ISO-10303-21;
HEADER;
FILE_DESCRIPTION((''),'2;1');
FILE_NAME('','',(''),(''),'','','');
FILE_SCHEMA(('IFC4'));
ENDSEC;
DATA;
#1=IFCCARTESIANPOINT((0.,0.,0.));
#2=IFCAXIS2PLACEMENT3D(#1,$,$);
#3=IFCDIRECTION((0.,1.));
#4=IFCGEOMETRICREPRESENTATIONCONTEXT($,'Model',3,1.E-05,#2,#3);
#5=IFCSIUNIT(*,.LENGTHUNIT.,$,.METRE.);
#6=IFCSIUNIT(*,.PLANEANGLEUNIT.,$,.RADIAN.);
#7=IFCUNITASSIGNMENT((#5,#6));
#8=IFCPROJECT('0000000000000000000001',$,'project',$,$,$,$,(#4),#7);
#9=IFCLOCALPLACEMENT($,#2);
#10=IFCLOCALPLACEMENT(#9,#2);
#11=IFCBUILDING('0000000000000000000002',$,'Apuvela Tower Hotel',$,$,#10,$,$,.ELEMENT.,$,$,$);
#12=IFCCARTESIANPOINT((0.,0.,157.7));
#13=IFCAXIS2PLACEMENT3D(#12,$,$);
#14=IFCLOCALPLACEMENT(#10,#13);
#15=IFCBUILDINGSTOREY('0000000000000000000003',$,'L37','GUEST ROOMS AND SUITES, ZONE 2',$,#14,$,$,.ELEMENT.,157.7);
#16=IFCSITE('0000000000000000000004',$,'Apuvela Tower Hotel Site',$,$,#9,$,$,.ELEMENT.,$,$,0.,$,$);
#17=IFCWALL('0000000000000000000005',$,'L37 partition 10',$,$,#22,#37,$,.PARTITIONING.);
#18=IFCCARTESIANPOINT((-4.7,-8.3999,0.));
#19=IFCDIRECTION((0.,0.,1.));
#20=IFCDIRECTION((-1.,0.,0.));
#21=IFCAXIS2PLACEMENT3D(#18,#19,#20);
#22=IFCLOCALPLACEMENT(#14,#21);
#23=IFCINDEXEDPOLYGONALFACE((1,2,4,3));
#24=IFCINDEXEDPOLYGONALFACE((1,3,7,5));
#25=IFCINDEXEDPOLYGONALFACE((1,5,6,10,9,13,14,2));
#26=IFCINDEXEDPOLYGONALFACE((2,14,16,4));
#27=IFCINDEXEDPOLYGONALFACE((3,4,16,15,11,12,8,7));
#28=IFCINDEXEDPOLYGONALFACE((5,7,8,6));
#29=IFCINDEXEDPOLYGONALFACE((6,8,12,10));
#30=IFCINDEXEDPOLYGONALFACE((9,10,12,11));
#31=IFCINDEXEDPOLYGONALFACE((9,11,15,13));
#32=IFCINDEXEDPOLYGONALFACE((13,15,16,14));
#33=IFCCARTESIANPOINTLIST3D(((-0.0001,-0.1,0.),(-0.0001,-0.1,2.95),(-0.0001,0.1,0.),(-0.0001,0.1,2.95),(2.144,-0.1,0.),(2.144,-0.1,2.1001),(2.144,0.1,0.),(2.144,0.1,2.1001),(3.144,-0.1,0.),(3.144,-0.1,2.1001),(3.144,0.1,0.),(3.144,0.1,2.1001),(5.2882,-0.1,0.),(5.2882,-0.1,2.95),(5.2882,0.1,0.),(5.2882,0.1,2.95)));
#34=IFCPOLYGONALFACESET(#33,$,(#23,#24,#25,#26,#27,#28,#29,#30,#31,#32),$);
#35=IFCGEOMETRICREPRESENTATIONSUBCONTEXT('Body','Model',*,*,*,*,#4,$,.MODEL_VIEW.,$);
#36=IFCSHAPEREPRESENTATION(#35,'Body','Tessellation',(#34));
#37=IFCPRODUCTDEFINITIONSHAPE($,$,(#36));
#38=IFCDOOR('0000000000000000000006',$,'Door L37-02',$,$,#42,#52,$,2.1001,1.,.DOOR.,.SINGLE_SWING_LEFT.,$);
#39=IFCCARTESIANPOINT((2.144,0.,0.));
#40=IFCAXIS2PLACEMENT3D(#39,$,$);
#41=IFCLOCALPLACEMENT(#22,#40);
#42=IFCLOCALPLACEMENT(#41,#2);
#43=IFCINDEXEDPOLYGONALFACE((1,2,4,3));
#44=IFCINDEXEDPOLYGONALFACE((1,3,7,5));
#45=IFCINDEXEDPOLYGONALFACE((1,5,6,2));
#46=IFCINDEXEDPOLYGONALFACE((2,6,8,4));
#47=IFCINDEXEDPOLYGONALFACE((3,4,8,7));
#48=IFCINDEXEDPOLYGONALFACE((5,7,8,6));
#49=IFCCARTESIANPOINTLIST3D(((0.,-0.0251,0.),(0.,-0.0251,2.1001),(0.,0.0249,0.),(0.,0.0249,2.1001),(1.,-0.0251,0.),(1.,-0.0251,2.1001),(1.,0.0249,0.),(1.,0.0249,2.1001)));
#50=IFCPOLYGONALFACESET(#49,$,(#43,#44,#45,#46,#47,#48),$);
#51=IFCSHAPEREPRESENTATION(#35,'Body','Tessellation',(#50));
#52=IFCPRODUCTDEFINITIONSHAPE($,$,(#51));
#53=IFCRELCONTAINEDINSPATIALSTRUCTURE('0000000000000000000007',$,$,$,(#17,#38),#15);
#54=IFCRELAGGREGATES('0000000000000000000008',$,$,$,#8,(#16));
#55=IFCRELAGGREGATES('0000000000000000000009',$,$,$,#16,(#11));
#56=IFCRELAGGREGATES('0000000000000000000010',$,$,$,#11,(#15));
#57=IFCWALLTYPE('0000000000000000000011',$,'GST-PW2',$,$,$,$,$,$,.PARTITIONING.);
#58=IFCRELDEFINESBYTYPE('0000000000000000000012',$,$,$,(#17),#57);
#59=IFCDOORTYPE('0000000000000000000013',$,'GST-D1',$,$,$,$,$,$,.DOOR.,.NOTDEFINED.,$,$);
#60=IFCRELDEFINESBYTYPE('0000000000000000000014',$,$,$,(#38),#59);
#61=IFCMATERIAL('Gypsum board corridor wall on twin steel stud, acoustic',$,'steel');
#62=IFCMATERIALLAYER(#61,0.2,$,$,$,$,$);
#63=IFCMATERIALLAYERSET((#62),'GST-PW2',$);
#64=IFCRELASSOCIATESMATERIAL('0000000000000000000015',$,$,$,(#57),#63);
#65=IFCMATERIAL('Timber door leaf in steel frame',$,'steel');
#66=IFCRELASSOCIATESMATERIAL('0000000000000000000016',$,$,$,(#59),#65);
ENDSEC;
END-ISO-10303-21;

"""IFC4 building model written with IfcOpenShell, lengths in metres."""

from ifc_helpers import new_model, si_unit, direction, frame, frame_2d, origin, place, context, subcontext, project, spatial, rectangle, extrude, material, layer, layer_set, type_object, element, fill, save


model = new_model("IFC4")

# Units and contexts
model_context = context("Model", 3, precision=1e-05, world=origin(), true_north=direction((0.0, 1.0)))
body_context = subcontext(model_context, "Body", "Model", "MODEL_VIEW")
ifc_project = project(units=[si_unit("LENGTHUNIT", "METRE"), si_unit("PLANEANGLEUNIT", "RADIAN")], contexts=[model_context])

# Site, building, storey
site_placement = place(None, origin())
site = spatial("IfcSite", under=ifc_project, at=site_placement, Name="Apuvela Tower Hotel Site", CompositionType="ELEMENT", RefElevation=0.0)
building_placement = place(site_placement, origin())
building = spatial("IfcBuilding", under=site, at=building_placement, Name="Apuvela Tower Hotel", CompositionType="ELEMENT")
storey_placement = place(building_placement, frame((0.0, 0.0, 157.7)))
storey = spatial("IfcBuildingStorey", under=building, at=storey_placement, Name="L37", Description="GUEST ROOMS AND SUITES, ZONE 2", CompositionType="ELEMENT", Elevation=157.7)

# Wall, opening, door
ifc_material_1 = material(Name="Gypsum board corridor wall on twin steel stud, acoustic", Category="steel")
ifc_layer_1 = layer(ifc_material_1, 0.2)
ifc_layer_set_1 = layer_set([ifc_layer_1], Name="GST-PW2")
wall_type_1 = type_object("IfcWallType", Name="GST-PW2", PredefinedType="PARTITIONING", material=ifc_layer_set_1)
wall_1_placement = place(storey_placement, frame((-4.7, -8.3999, 0.0), z_axis=(0.0, 0.0, 1.0), x_axis=(-1.0, 0.0, 0.0)))
wall_1 = element("IfcWall", 1, at=wall_1_placement, inside=storey, type_object=wall_type_1, Name="L37 partition 10", PredefinedType="PARTITIONING", context=body_context, shape_type="SweptSolid", body=[
    extrude(rectangle(XDim=5.2883, YDim=0.2, at=frame_2d((2.644, 0.0))), origin(), (0.0, 0.0, 1.0), 2.95),
])
opening_1_placement = place(wall_1_placement, frame((2.144, 0.0, 0.0)))
opening_1 = element("IfcOpeningElement", 2, at=opening_1_placement, cuts=wall_1, PredefinedType="OPENING", context=body_context, shape_type="SweptSolid", body=[
    extrude(rectangle(XDim=1.0, YDim=2.1001, at=frame_2d((0.5, 1.05))), frame((0.0, 0.1099, 0.0), z_axis=(0.0, -1.0, 0.0), x_axis=(1.0, 0.0, 0.0)), (0.0, 0.0, 1.0), 0.22),
])
ifc_material_2 = material(Name="Timber door leaf in steel frame", Category="steel")
door_type_1 = type_object("IfcDoorType", Name="GST-D1", OperationType="NOTDEFINED", PredefinedType="DOOR", material=ifc_material_2)
door_1_placement = place(opening_1_placement, origin())
door_1 = element("IfcDoor", 3, at=door_1_placement, inside=storey, type_object=door_type_1, Name="Door L37-02", OperationType="SINGLE_SWING_LEFT", OverallHeight=2.1001, OverallWidth=1.0, PredefinedType="DOOR", context=body_context, shape_type="SweptSolid", body=[
    extrude(rectangle(XDim=1.0, YDim=2.1001, at=frame_2d((0.5, 1.05))), frame((0.0, 0.0249, 0.0), z_axis=(0.0, -1.0, 0.0), x_axis=(1.0, 0.0, 0.0)), (0.0, 0.0, 1.0), 0.05),
])
fill(opening_1, door_1)

save(model, "model.ifc")
